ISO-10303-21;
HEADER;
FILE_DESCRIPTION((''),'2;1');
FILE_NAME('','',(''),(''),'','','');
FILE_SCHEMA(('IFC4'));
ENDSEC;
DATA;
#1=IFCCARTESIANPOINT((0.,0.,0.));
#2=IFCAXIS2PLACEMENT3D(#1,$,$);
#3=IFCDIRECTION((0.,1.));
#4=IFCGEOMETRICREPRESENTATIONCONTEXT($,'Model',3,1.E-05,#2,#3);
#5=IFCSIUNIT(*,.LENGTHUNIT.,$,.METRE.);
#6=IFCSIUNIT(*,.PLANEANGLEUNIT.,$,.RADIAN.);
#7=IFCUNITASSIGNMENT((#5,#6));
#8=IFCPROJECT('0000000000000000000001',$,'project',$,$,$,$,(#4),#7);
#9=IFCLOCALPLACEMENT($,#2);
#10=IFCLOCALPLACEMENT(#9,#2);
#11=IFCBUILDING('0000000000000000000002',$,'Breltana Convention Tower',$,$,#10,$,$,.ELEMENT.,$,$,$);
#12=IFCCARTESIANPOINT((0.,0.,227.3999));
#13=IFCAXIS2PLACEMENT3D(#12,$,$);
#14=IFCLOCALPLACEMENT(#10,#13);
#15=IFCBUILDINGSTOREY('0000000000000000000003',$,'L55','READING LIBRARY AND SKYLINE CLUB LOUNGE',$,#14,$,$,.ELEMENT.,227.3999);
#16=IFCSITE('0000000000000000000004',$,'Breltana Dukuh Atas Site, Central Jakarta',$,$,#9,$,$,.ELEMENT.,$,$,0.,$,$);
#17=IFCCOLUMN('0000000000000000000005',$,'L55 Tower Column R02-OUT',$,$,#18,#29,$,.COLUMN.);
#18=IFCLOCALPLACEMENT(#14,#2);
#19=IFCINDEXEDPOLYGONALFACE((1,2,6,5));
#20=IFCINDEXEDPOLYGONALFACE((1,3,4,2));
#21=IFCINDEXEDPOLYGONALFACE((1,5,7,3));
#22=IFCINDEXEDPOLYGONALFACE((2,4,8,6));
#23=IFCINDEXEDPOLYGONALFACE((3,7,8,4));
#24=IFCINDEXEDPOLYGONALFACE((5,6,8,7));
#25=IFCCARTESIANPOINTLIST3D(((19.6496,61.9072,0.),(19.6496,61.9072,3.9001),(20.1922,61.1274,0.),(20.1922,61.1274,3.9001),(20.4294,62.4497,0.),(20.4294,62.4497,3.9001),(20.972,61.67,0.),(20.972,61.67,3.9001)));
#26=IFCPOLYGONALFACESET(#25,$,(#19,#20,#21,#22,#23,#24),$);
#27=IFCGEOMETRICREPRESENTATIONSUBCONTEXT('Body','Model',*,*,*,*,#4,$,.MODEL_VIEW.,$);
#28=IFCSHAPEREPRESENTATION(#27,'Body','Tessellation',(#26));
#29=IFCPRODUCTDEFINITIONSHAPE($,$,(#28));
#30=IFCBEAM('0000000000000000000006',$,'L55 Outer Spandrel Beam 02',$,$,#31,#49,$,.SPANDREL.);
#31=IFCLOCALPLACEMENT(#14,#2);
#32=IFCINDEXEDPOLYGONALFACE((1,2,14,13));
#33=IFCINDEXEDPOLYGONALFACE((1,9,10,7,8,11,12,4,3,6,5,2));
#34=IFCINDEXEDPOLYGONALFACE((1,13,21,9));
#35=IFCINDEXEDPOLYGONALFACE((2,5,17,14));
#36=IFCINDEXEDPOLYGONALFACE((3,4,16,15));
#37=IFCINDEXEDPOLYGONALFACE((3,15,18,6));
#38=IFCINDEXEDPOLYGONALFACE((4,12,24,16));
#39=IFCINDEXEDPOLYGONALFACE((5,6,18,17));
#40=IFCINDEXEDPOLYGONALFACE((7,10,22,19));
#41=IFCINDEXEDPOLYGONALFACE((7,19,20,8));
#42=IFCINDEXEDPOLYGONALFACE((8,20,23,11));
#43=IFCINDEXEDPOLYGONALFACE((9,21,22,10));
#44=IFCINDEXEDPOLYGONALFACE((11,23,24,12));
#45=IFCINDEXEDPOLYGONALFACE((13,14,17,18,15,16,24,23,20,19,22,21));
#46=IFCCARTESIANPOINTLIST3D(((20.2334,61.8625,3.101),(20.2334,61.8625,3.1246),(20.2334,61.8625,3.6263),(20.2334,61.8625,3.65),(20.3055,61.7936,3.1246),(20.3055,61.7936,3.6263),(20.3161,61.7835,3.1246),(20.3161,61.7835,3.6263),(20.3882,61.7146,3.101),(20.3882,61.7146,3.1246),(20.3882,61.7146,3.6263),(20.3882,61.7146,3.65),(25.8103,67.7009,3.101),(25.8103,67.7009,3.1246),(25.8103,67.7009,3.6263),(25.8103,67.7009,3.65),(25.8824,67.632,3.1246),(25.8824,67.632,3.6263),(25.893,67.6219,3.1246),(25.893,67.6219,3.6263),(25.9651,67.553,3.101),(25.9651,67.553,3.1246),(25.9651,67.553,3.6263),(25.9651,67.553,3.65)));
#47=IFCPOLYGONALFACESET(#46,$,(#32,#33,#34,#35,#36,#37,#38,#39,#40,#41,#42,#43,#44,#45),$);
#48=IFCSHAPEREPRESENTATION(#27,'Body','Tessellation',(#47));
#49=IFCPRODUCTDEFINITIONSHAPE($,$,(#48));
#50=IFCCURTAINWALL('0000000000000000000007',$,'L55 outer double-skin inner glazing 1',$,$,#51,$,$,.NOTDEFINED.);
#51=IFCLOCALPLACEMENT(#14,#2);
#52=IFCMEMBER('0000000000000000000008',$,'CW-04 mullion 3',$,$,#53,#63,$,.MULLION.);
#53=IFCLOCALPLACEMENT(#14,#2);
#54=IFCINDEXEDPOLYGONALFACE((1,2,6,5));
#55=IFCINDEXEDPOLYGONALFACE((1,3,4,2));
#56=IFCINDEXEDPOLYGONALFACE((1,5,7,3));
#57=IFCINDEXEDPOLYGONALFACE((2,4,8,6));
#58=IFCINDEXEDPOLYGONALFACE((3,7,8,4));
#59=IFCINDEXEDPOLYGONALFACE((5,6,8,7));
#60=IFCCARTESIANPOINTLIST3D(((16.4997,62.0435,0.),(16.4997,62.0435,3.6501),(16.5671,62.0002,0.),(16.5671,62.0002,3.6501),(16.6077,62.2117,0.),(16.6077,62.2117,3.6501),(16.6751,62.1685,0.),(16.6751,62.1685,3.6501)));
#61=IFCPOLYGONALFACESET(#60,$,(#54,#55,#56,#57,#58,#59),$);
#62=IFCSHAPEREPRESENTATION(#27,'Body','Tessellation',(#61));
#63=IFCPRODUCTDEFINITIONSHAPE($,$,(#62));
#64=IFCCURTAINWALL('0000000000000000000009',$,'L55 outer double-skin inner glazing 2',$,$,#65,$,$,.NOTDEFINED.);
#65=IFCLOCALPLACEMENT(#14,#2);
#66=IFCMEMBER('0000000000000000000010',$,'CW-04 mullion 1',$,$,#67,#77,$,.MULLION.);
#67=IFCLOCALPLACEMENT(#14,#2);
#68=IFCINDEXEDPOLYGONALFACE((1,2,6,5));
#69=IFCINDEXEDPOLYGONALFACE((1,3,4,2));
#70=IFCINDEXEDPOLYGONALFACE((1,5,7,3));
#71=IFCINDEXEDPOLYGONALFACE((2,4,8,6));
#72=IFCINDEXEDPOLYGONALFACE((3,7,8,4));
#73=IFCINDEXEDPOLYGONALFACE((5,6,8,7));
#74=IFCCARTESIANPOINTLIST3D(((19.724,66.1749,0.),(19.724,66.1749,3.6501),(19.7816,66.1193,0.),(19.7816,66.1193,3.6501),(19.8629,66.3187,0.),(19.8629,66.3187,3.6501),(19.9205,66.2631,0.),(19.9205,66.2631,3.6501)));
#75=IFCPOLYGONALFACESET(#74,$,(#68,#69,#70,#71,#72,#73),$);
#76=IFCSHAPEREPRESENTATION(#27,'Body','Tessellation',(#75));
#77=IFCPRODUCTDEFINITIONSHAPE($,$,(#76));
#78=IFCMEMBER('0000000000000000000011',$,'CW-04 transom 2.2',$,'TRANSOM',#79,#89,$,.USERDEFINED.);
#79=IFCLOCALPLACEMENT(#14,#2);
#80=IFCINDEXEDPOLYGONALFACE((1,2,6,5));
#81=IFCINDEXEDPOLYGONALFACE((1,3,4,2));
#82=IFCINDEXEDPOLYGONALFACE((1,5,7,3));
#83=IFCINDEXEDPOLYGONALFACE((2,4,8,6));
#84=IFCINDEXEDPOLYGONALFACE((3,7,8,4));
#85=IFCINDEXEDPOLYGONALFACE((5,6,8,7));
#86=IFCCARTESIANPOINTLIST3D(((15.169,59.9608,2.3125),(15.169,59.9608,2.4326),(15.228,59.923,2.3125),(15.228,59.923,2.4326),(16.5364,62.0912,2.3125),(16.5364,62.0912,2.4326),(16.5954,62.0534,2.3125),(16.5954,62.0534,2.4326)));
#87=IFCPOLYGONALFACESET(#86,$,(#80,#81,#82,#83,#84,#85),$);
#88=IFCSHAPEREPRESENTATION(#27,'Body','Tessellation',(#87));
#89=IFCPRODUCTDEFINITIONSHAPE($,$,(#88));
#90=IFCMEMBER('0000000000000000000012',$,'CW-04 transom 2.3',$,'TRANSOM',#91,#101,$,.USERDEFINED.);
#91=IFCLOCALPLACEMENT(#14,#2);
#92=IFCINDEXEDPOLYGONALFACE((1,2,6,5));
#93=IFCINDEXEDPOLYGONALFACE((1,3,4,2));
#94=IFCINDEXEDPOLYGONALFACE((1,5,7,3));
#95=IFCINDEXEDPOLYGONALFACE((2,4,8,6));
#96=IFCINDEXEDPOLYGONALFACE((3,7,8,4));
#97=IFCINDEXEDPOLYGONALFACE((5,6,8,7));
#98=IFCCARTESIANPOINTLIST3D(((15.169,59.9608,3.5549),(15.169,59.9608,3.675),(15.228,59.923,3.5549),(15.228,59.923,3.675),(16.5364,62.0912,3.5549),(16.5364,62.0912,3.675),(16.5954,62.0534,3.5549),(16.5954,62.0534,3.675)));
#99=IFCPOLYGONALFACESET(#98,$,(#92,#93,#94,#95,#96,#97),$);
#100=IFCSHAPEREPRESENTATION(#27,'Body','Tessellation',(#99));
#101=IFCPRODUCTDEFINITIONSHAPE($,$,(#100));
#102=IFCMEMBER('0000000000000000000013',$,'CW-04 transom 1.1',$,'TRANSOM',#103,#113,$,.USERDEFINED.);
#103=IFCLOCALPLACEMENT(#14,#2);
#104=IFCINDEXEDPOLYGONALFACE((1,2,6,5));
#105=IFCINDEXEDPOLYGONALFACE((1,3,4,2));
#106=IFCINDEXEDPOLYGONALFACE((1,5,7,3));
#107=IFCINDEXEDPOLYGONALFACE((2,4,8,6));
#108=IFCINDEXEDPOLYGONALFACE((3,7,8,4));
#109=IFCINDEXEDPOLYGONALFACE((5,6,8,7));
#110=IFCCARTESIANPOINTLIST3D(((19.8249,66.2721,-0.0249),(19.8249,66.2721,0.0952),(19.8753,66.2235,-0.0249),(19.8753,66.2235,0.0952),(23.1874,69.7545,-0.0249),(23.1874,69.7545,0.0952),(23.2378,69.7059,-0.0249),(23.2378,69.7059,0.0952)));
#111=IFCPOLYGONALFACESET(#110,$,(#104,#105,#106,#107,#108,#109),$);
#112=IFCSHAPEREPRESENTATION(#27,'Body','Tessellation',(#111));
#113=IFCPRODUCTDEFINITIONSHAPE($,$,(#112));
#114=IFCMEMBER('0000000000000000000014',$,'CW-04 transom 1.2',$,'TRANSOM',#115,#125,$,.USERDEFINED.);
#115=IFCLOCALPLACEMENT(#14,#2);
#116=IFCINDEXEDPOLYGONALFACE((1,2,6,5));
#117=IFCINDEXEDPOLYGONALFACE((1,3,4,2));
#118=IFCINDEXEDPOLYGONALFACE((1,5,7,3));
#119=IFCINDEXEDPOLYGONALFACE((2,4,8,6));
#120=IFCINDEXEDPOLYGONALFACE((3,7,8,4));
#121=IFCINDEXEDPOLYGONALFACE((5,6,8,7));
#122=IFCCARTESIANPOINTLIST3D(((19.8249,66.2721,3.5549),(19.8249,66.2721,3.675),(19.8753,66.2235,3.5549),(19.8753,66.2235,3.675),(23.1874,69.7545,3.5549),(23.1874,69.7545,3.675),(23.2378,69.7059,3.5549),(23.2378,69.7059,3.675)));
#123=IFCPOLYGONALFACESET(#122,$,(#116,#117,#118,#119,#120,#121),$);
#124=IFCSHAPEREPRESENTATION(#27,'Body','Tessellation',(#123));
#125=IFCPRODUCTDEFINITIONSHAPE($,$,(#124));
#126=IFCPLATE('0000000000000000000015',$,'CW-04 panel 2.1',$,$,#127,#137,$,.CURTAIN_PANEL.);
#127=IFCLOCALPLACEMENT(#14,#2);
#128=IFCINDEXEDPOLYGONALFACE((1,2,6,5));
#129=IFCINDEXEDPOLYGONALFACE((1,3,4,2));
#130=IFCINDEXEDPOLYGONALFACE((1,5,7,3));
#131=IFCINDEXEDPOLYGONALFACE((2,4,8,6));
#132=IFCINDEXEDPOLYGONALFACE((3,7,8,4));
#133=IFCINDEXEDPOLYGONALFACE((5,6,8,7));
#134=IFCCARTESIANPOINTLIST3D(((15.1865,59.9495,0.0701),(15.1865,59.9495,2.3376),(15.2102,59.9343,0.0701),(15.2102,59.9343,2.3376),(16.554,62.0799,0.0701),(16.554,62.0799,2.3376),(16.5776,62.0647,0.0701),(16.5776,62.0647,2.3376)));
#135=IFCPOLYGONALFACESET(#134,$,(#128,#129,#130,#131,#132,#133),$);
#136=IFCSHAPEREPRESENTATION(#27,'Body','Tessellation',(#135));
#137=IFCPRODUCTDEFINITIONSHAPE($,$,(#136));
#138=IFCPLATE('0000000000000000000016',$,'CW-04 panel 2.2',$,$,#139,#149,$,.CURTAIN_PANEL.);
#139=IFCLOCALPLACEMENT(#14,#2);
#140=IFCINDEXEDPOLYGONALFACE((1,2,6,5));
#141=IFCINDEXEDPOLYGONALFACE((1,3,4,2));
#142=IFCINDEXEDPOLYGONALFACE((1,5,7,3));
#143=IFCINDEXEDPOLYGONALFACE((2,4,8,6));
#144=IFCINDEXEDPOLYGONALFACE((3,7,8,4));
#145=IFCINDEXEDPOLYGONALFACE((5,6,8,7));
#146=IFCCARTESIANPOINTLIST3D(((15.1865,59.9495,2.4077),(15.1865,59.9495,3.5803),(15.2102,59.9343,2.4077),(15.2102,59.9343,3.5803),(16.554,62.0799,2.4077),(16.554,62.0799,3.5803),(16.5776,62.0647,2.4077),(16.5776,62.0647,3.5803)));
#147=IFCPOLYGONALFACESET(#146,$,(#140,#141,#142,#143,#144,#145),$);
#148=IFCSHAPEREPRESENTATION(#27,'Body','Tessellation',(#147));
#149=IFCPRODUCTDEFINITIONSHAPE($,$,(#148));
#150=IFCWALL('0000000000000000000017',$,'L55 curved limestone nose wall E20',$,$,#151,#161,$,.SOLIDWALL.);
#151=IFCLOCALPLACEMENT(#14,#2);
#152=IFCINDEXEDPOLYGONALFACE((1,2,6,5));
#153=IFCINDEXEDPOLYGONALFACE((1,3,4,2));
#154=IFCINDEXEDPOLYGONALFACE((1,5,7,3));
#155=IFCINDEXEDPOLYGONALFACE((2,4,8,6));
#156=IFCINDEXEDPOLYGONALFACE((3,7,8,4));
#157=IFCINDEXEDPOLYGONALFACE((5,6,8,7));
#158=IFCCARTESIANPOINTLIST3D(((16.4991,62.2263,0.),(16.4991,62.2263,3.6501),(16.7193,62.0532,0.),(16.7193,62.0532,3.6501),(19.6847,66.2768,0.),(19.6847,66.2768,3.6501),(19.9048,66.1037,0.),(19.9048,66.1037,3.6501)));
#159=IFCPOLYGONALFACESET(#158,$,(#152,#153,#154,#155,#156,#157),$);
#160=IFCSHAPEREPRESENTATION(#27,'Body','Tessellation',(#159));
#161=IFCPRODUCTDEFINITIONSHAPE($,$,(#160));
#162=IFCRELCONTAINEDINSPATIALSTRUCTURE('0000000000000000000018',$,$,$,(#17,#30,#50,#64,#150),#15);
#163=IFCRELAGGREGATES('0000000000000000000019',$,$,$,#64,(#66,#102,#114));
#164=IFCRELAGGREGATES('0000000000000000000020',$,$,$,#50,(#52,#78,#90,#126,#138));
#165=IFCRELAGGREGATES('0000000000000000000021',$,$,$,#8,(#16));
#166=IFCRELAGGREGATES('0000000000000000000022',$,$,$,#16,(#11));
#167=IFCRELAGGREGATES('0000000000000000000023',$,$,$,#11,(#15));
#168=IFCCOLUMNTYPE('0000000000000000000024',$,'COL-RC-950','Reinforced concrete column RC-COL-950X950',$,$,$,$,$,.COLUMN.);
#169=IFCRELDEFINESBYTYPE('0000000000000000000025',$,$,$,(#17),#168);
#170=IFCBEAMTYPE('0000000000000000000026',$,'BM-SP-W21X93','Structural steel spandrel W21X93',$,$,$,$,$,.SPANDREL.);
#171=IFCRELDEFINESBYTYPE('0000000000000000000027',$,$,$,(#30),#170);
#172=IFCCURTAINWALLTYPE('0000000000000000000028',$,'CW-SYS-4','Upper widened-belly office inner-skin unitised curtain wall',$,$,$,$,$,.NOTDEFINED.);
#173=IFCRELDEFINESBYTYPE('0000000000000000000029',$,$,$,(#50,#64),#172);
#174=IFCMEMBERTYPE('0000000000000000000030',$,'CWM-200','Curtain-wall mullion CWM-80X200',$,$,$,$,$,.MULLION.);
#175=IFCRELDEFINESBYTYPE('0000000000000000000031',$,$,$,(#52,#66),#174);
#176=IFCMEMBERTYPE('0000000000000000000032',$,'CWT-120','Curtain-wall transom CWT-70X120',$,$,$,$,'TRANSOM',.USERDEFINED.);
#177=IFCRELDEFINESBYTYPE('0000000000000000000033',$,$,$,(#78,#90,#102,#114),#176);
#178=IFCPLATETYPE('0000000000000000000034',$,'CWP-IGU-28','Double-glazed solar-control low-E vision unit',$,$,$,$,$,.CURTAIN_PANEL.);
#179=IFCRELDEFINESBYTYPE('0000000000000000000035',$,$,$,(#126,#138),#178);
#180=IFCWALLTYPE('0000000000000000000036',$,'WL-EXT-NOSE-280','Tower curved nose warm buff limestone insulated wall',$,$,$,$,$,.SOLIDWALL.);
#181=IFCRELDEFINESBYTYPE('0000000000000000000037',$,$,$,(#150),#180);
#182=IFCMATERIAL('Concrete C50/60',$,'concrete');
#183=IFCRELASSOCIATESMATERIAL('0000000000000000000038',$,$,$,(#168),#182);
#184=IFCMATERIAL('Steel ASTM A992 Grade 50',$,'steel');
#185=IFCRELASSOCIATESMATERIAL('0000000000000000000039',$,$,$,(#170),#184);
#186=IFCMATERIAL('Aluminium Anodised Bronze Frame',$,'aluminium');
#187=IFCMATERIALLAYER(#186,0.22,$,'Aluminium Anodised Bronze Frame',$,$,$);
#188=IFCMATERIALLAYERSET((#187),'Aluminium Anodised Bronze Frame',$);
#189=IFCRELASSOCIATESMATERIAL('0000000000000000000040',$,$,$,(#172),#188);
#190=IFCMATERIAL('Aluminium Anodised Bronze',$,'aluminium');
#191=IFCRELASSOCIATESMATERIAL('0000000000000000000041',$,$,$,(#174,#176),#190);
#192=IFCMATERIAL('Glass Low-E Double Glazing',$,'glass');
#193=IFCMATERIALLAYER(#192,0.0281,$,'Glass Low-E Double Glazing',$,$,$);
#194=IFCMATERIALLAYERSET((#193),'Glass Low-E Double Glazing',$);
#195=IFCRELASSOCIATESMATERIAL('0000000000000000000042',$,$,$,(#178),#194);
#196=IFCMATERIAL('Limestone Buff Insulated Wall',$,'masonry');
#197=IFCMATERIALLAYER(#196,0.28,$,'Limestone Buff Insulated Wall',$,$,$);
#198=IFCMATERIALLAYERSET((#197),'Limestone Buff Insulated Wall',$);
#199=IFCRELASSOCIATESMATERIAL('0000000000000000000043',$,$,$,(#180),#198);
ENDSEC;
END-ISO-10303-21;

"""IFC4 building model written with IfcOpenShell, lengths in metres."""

from ifc_helpers import new_model, si_unit, direction, frame, frame_2d, origin, origin_2d, place, context, subcontext, project, spatial, rectangle, i_section, extrude, source, transform, mapped, material, layer, layer_set, material_profile, profile_set, type_object, element, aggregate, save


model = new_model("IFC4")

# Units and contexts
model_context = context("Model", 3, precision=1e-05, world=origin(), true_north=direction((0.0, 1.0)))
body_context = subcontext(model_context, "Body", "Model", "MODEL_VIEW")
ifc_project = project(units=[si_unit("LENGTHUNIT", "METRE"), si_unit("PLANEANGLEUNIT", "RADIAN")], contexts=[model_context])

# Site, building, storey
site_placement = place(None, origin())
site = spatial("IfcSite", under=ifc_project, at=site_placement, Name="Breltana Dukuh Atas Site, Central Jakarta", CompositionType="ELEMENT", RefElevation=0.0)
building_placement = place(site_placement, origin())
building = spatial("IfcBuilding", under=site, at=building_placement, Name="Breltana Convention Tower", CompositionType="ELEMENT")
storey_placement = place(building_placement, frame((0.0, 0.0, 227.3999)))
storey = spatial("IfcBuildingStorey", under=building, at=storey_placement, Name="L55", Description="READING LIBRARY AND SKYLINE CLUB LOUNGE", CompositionType="ELEMENT", Elevation=227.3999)

# Column
ifc_material_1 = material(Name="Concrete C50/60", Category="concrete")
ifc_material_profile_1 = material_profile(ifc_material_1, rectangle(XDim=0.95, YDim=0.95, at=origin_2d()), Name="RC-COL-950X950")
ifc_profile_set_1 = profile_set([ifc_material_profile_1], Name="Concrete C50/60")
column_type = type_object("IfcColumnType", Name="COL-RC-950", Description="Reinforced concrete column RC-COL-950X950", PredefinedType="COLUMN", material=ifc_profile_set_1)
shared_shape_1 = source(origin(), body_context, "Body", "SweptSolid", [
    extrude(rectangle(XDim=0.95, YDim=0.95, at=origin_2d()), origin(), (0.0, 0.0, 1.0), 3.9001),
])
column_placement = place(storey_placement, frame((20.3108, 61.7886, 0.0), z_axis=(0.0, 0.0, 1.0), x_axis=(-0.571143, 0.82085, 0.0)))
element("IfcColumn", 1, at=column_placement, inside=storey, type_object=column_type, Name="L55 Tower Column R02-OUT", PredefinedType="COLUMN", context=body_context, shape_type="MappedRepresentation", body=[
    mapped(shared_shape_1, transform((0.0, 0.0, 0.0), scale=1.0)),
])

# Beam
ifc_material_2 = material(Name="Steel ASTM A992 Grade 50", Category="steel")
ifc_material_profile_2 = material_profile(ifc_material_2, i_section(OverallWidth=0.2141, OverallDepth=0.5491, WebThickness=0.0146, FlangeThickness=0.0237, at=origin_2d()), Name="W21X93")
ifc_profile_set_2 = profile_set([ifc_material_profile_2], Name="Steel ASTM A992 Grade 50")
beam_type = type_object("IfcBeamType", Name="BM-SP-W21X93", Description="Structural steel spandrel W21X93", PredefinedType="SPANDREL", material=ifc_profile_set_2)
shared_shape_2 = source(origin(), body_context, "Body", "SweptSolid", [
    extrude(i_section(OverallWidth=0.2141, OverallDepth=0.5491, WebThickness=0.0146, FlangeThickness=0.0237, at=origin_2d()), origin(), (0.0, 0.0, 1.0), 8.074),
])
beam_placement = place(storey_placement, frame((20.3108, 61.7886, 3.3755), z_axis=(0.690729, 0.723114, 0.0), x_axis=(-0.723114, 0.690729, 0.0)))
element("IfcBeam", 2, at=beam_placement, inside=storey, type_object=beam_type, Name="L55 Outer Spandrel Beam 02", PredefinedType="SPANDREL", context=body_context, shape_type="MappedRepresentation", body=[
    mapped(shared_shape_2, transform((0.0, 0.0, 0.0), scale=1.0)),
])

# Curtain walls, members
ifc_material_3 = material(Name="Aluminium Anodised Bronze Frame", Category="aluminium")
ifc_layer_1 = layer(ifc_material_3, 0.22, Name="Aluminium Anodised Bronze Frame")
ifc_layer_set_1 = layer_set([ifc_layer_1], Name="Aluminium Anodised Bronze Frame")
curtain_wall_type = type_object("IfcCurtainWallType", Name="CW-SYS-4", Description="Upper widened-belly office inner-skin unitised curtain wall", PredefinedType="NOTDEFINED", material=ifc_layer_set_1)
curtain_wall_1_placement = place(storey_placement, origin())
curtain_wall_1 = element("IfcCurtainWall", 3, at=curtain_wall_1_placement, inside=storey, type_object=curtain_wall_type, Name="L55 outer double-skin inner glazing 1", PredefinedType="NOTDEFINED")
ifc_material_4 = material(Name="Aluminium Anodised Bronze", Category="aluminium")
ifc_material_profile_3 = material_profile(ifc_material_4, rectangle(XDim=0.0801, YDim=0.2, at=origin_2d()), Name="CWM-80X200")
ifc_profile_set_3 = profile_set([ifc_material_profile_3], Name="Aluminium Anodised Bronze")
member_type_1 = type_object("IfcMemberType", Name="CWM-200", Description="Curtain-wall mullion CWM-80X200", PredefinedType="MULLION", material=ifc_profile_set_3)
shared_shape_3 = source(origin(), body_context, "Body", "SweptSolid", [
    extrude(rectangle(XDim=0.0801, YDim=0.2, at=origin_2d()), origin(), (0.0, 0.0, 1.0), 3.6501),
])
member_1_placement = place(storey_placement, frame((16.5874, 62.106, 0.0), z_axis=(0.0, 0.0, 1.0), x_axis=(-0.841548, 0.540182, 0.0)))
member_1 = element("IfcMember", 4, at=member_1_placement, type_object=member_type_1, Name="CW-04 mullion 3", PredefinedType="MULLION", context=body_context, shape_type="MappedRepresentation", body=[
    mapped(shared_shape_3, transform((0.0, 0.0, 0.0), scale=1.0)),
])
curtain_wall_2_placement = place(storey_placement, origin())
curtain_wall_2 = element("IfcCurtainWall", 5, at=curtain_wall_2_placement, inside=storey, type_object=curtain_wall_type, Name="L55 outer double-skin inner glazing 2", PredefinedType="NOTDEFINED")
member_2_placement = place(storey_placement, frame((19.8223, 66.219, 0.0), z_axis=(0.0, 0.0, 1.0), x_axis=(-0.719396, 0.6946, 0.0)))
member_2 = element("IfcMember", 6, at=member_2_placement, type_object=member_type_1, Name="CW-04 mullion 1", PredefinedType="MULLION", context=body_context, shape_type="MappedRepresentation", body=[
    mapped(shared_shape_3, transform((0.0, 0.0, 0.0), scale=1.0)),
])

# Members
ifc_material_profile_4 = material_profile(ifc_material_4, rectangle(XDim=0.0701, YDim=0.1201, at=origin_2d()), Name="CWT-70X120")
ifc_profile_set_4 = profile_set([ifc_material_profile_4], Name="Aluminium Anodised Bronze")
member_type_2 = type_object("IfcMemberType", Name="CWT-120", Description="Curtain-wall transom CWT-70X120", ElementType="TRANSOM", PredefinedType="USERDEFINED", material=ifc_profile_set_4)
shared_shape_4 = source(origin(), body_context, "Body", "SweptSolid", [
    extrude(rectangle(XDim=0.0701, YDim=0.1201, at=origin_2d()), origin(), (0.0, 0.0, 1.0), 2.5315),
])
member_3_placement = place(storey_placement, frame((15.1985, 59.9419, 2.3726), z_axis=(0.540173, 0.841554, 0.0), x_axis=(-0.841554, 0.540173, 0.0)))
member_3 = element("IfcMember", 7, at=member_3_placement, type_object=member_type_2, Name="CW-04 transom 2.2", ObjectType="TRANSOM", PredefinedType="USERDEFINED", context=body_context, shape_type="MappedRepresentation", body=[
    mapped(shared_shape_4, transform((0.0, 0.0, 0.0), scale=1.0)),
])
member_4_placement = place(storey_placement, frame((15.1985, 59.9419, 3.615), z_axis=(0.540173, 0.841554, 0.0), x_axis=(-0.841554, 0.540173, 0.0)))
member_4 = element("IfcMember", 8, at=member_4_placement, type_object=member_type_2, Name="CW-04 transom 2.3", ObjectType="TRANSOM", PredefinedType="USERDEFINED", context=body_context, shape_type="MappedRepresentation", body=[
    mapped(shared_shape_4, transform((0.0, 0.0, 0.0), scale=1.0)),
])
shared_shape_5 = source(origin(), body_context, "Body", "SweptSolid", [
    extrude(rectangle(XDim=0.0701, YDim=0.1201, at=origin_2d()), origin(), (0.0, 0.0, 1.0), 4.8408),
])
member_5_placement = place(storey_placement, frame((19.8501, 66.2478, 0.0352), z_axis=(0.694617, 0.71938, 0.0), x_axis=(-0.71938, 0.694617, 0.0)))
member_5 = element("IfcMember", 9, at=member_5_placement, type_object=member_type_2, Name="CW-04 transom 1.1", ObjectType="TRANSOM", PredefinedType="USERDEFINED", context=body_context, shape_type="MappedRepresentation", body=[
    mapped(shared_shape_5, transform((0.0, 0.0, 0.0), scale=1.0)),
])
member_6_placement = place(storey_placement, frame((19.8501, 66.2478, 3.615), z_axis=(0.694617, 0.71938, 0.0), x_axis=(-0.71938, 0.694617, 0.0)))
member_6 = element("IfcMember", 10, at=member_6_placement, type_object=member_type_2, Name="CW-04 transom 1.2", ObjectType="TRANSOM", PredefinedType="USERDEFINED", context=body_context, shape_type="MappedRepresentation", body=[
    mapped(shared_shape_5, transform((0.0, 0.0, 0.0), scale=1.0)),
])
aggregate(curtain_wall_2, [member_2, member_5, member_6])

# Plates
ifc_material_5 = material(Name="Glass Low-E Double Glazing", Category="glass")
ifc_layer_2 = layer(ifc_material_5, 0.0281, Name="Glass Low-E Double Glazing")
ifc_layer_set_2 = layer_set([ifc_layer_2], Name="Glass Low-E Double Glazing")
plate_type = type_object("IfcPlateType", Name="CWP-IGU-28", Description="Double-glazed solar-control low-E vision unit", PredefinedType="CURTAIN_PANEL", material=ifc_layer_set_2)
shared_shape_6 = source(origin(), body_context, "Body", "SweptSolid", [
    extrude(rectangle(XDim=2.5315, YDim=0.0281, at=origin_2d()), origin(), (0.0, 0.0, 1.0), 2.2676),
])
plate_1_placement = place(storey_placement, frame((15.8821, 61.0071, 0.0701), z_axis=(0.0, 0.0, 1.0), x_axis=(0.540182, 0.841548, 0.0)))
plate_1 = element("IfcPlate", 11, at=plate_1_placement, type_object=plate_type, Name="CW-04 panel 2.1", PredefinedType="CURTAIN_PANEL", context=body_context, shape_type="MappedRepresentation", body=[
    mapped(shared_shape_6, transform((0.0, 0.0, 0.0), scale=1.0)),
])
shared_shape_7 = source(origin(), body_context, "Body", "SweptSolid", [
    extrude(rectangle(XDim=2.5315, YDim=0.0281, at=origin_2d()), origin(), (0.0, 0.0, 1.0), 1.1726),
])
plate_2_placement = place(storey_placement, frame((15.8821, 61.0071, 2.4077), z_axis=(0.0, 0.0, 1.0), x_axis=(0.540182, 0.841548, 0.0)))
plate_2 = element("IfcPlate", 12, at=plate_2_placement, type_object=plate_type, Name="CW-04 panel 2.2", PredefinedType="CURTAIN_PANEL", context=body_context, shape_type="MappedRepresentation", body=[
    mapped(shared_shape_7, transform((0.0, 0.0, 0.0), scale=1.0)),
])
aggregate(curtain_wall_1, [member_1, member_3, member_4, plate_1, plate_2])

# Wall
ifc_material_6 = material(Name="Limestone Buff Insulated Wall", Category="masonry")
ifc_layer_3 = layer(ifc_material_6, 0.28, Name="Limestone Buff Insulated Wall")
ifc_layer_set_3 = layer_set([ifc_layer_3], Name="Limestone Buff Insulated Wall")
wall_type_1 = type_object("IfcWallType", Name="WL-EXT-NOSE-280", Description="Tower curved nose warm buff limestone insulated wall", PredefinedType="SOLIDWALL", material=ifc_layer_set_3)
shared_shape_8 = source(origin(), body_context, "Body", "SweptSolid", [
    extrude(rectangle(XDim=5.1531, YDim=0.28, at=frame_2d((2.5767, 0.0))), origin(), (0.0, 0.0, 1.0), 3.6501),
])
wall_1_placement = place(storey_placement, frame((16.6091, 62.1396, 0.0), z_axis=(0.0, 0.0, 1.0), x_axis=(0.618179, 0.786037, 0.0)))
element("IfcWall", 13, at=wall_1_placement, inside=storey, type_object=wall_type_1, Name="L55 curved limestone nose wall E20", PredefinedType="SOLIDWALL", context=body_context, shape_type="MappedRepresentation", body=[
    mapped(shared_shape_8, transform((0.0, 0.0, 0.0), scale=1.0)),
])

save(model, "model.ifc")
